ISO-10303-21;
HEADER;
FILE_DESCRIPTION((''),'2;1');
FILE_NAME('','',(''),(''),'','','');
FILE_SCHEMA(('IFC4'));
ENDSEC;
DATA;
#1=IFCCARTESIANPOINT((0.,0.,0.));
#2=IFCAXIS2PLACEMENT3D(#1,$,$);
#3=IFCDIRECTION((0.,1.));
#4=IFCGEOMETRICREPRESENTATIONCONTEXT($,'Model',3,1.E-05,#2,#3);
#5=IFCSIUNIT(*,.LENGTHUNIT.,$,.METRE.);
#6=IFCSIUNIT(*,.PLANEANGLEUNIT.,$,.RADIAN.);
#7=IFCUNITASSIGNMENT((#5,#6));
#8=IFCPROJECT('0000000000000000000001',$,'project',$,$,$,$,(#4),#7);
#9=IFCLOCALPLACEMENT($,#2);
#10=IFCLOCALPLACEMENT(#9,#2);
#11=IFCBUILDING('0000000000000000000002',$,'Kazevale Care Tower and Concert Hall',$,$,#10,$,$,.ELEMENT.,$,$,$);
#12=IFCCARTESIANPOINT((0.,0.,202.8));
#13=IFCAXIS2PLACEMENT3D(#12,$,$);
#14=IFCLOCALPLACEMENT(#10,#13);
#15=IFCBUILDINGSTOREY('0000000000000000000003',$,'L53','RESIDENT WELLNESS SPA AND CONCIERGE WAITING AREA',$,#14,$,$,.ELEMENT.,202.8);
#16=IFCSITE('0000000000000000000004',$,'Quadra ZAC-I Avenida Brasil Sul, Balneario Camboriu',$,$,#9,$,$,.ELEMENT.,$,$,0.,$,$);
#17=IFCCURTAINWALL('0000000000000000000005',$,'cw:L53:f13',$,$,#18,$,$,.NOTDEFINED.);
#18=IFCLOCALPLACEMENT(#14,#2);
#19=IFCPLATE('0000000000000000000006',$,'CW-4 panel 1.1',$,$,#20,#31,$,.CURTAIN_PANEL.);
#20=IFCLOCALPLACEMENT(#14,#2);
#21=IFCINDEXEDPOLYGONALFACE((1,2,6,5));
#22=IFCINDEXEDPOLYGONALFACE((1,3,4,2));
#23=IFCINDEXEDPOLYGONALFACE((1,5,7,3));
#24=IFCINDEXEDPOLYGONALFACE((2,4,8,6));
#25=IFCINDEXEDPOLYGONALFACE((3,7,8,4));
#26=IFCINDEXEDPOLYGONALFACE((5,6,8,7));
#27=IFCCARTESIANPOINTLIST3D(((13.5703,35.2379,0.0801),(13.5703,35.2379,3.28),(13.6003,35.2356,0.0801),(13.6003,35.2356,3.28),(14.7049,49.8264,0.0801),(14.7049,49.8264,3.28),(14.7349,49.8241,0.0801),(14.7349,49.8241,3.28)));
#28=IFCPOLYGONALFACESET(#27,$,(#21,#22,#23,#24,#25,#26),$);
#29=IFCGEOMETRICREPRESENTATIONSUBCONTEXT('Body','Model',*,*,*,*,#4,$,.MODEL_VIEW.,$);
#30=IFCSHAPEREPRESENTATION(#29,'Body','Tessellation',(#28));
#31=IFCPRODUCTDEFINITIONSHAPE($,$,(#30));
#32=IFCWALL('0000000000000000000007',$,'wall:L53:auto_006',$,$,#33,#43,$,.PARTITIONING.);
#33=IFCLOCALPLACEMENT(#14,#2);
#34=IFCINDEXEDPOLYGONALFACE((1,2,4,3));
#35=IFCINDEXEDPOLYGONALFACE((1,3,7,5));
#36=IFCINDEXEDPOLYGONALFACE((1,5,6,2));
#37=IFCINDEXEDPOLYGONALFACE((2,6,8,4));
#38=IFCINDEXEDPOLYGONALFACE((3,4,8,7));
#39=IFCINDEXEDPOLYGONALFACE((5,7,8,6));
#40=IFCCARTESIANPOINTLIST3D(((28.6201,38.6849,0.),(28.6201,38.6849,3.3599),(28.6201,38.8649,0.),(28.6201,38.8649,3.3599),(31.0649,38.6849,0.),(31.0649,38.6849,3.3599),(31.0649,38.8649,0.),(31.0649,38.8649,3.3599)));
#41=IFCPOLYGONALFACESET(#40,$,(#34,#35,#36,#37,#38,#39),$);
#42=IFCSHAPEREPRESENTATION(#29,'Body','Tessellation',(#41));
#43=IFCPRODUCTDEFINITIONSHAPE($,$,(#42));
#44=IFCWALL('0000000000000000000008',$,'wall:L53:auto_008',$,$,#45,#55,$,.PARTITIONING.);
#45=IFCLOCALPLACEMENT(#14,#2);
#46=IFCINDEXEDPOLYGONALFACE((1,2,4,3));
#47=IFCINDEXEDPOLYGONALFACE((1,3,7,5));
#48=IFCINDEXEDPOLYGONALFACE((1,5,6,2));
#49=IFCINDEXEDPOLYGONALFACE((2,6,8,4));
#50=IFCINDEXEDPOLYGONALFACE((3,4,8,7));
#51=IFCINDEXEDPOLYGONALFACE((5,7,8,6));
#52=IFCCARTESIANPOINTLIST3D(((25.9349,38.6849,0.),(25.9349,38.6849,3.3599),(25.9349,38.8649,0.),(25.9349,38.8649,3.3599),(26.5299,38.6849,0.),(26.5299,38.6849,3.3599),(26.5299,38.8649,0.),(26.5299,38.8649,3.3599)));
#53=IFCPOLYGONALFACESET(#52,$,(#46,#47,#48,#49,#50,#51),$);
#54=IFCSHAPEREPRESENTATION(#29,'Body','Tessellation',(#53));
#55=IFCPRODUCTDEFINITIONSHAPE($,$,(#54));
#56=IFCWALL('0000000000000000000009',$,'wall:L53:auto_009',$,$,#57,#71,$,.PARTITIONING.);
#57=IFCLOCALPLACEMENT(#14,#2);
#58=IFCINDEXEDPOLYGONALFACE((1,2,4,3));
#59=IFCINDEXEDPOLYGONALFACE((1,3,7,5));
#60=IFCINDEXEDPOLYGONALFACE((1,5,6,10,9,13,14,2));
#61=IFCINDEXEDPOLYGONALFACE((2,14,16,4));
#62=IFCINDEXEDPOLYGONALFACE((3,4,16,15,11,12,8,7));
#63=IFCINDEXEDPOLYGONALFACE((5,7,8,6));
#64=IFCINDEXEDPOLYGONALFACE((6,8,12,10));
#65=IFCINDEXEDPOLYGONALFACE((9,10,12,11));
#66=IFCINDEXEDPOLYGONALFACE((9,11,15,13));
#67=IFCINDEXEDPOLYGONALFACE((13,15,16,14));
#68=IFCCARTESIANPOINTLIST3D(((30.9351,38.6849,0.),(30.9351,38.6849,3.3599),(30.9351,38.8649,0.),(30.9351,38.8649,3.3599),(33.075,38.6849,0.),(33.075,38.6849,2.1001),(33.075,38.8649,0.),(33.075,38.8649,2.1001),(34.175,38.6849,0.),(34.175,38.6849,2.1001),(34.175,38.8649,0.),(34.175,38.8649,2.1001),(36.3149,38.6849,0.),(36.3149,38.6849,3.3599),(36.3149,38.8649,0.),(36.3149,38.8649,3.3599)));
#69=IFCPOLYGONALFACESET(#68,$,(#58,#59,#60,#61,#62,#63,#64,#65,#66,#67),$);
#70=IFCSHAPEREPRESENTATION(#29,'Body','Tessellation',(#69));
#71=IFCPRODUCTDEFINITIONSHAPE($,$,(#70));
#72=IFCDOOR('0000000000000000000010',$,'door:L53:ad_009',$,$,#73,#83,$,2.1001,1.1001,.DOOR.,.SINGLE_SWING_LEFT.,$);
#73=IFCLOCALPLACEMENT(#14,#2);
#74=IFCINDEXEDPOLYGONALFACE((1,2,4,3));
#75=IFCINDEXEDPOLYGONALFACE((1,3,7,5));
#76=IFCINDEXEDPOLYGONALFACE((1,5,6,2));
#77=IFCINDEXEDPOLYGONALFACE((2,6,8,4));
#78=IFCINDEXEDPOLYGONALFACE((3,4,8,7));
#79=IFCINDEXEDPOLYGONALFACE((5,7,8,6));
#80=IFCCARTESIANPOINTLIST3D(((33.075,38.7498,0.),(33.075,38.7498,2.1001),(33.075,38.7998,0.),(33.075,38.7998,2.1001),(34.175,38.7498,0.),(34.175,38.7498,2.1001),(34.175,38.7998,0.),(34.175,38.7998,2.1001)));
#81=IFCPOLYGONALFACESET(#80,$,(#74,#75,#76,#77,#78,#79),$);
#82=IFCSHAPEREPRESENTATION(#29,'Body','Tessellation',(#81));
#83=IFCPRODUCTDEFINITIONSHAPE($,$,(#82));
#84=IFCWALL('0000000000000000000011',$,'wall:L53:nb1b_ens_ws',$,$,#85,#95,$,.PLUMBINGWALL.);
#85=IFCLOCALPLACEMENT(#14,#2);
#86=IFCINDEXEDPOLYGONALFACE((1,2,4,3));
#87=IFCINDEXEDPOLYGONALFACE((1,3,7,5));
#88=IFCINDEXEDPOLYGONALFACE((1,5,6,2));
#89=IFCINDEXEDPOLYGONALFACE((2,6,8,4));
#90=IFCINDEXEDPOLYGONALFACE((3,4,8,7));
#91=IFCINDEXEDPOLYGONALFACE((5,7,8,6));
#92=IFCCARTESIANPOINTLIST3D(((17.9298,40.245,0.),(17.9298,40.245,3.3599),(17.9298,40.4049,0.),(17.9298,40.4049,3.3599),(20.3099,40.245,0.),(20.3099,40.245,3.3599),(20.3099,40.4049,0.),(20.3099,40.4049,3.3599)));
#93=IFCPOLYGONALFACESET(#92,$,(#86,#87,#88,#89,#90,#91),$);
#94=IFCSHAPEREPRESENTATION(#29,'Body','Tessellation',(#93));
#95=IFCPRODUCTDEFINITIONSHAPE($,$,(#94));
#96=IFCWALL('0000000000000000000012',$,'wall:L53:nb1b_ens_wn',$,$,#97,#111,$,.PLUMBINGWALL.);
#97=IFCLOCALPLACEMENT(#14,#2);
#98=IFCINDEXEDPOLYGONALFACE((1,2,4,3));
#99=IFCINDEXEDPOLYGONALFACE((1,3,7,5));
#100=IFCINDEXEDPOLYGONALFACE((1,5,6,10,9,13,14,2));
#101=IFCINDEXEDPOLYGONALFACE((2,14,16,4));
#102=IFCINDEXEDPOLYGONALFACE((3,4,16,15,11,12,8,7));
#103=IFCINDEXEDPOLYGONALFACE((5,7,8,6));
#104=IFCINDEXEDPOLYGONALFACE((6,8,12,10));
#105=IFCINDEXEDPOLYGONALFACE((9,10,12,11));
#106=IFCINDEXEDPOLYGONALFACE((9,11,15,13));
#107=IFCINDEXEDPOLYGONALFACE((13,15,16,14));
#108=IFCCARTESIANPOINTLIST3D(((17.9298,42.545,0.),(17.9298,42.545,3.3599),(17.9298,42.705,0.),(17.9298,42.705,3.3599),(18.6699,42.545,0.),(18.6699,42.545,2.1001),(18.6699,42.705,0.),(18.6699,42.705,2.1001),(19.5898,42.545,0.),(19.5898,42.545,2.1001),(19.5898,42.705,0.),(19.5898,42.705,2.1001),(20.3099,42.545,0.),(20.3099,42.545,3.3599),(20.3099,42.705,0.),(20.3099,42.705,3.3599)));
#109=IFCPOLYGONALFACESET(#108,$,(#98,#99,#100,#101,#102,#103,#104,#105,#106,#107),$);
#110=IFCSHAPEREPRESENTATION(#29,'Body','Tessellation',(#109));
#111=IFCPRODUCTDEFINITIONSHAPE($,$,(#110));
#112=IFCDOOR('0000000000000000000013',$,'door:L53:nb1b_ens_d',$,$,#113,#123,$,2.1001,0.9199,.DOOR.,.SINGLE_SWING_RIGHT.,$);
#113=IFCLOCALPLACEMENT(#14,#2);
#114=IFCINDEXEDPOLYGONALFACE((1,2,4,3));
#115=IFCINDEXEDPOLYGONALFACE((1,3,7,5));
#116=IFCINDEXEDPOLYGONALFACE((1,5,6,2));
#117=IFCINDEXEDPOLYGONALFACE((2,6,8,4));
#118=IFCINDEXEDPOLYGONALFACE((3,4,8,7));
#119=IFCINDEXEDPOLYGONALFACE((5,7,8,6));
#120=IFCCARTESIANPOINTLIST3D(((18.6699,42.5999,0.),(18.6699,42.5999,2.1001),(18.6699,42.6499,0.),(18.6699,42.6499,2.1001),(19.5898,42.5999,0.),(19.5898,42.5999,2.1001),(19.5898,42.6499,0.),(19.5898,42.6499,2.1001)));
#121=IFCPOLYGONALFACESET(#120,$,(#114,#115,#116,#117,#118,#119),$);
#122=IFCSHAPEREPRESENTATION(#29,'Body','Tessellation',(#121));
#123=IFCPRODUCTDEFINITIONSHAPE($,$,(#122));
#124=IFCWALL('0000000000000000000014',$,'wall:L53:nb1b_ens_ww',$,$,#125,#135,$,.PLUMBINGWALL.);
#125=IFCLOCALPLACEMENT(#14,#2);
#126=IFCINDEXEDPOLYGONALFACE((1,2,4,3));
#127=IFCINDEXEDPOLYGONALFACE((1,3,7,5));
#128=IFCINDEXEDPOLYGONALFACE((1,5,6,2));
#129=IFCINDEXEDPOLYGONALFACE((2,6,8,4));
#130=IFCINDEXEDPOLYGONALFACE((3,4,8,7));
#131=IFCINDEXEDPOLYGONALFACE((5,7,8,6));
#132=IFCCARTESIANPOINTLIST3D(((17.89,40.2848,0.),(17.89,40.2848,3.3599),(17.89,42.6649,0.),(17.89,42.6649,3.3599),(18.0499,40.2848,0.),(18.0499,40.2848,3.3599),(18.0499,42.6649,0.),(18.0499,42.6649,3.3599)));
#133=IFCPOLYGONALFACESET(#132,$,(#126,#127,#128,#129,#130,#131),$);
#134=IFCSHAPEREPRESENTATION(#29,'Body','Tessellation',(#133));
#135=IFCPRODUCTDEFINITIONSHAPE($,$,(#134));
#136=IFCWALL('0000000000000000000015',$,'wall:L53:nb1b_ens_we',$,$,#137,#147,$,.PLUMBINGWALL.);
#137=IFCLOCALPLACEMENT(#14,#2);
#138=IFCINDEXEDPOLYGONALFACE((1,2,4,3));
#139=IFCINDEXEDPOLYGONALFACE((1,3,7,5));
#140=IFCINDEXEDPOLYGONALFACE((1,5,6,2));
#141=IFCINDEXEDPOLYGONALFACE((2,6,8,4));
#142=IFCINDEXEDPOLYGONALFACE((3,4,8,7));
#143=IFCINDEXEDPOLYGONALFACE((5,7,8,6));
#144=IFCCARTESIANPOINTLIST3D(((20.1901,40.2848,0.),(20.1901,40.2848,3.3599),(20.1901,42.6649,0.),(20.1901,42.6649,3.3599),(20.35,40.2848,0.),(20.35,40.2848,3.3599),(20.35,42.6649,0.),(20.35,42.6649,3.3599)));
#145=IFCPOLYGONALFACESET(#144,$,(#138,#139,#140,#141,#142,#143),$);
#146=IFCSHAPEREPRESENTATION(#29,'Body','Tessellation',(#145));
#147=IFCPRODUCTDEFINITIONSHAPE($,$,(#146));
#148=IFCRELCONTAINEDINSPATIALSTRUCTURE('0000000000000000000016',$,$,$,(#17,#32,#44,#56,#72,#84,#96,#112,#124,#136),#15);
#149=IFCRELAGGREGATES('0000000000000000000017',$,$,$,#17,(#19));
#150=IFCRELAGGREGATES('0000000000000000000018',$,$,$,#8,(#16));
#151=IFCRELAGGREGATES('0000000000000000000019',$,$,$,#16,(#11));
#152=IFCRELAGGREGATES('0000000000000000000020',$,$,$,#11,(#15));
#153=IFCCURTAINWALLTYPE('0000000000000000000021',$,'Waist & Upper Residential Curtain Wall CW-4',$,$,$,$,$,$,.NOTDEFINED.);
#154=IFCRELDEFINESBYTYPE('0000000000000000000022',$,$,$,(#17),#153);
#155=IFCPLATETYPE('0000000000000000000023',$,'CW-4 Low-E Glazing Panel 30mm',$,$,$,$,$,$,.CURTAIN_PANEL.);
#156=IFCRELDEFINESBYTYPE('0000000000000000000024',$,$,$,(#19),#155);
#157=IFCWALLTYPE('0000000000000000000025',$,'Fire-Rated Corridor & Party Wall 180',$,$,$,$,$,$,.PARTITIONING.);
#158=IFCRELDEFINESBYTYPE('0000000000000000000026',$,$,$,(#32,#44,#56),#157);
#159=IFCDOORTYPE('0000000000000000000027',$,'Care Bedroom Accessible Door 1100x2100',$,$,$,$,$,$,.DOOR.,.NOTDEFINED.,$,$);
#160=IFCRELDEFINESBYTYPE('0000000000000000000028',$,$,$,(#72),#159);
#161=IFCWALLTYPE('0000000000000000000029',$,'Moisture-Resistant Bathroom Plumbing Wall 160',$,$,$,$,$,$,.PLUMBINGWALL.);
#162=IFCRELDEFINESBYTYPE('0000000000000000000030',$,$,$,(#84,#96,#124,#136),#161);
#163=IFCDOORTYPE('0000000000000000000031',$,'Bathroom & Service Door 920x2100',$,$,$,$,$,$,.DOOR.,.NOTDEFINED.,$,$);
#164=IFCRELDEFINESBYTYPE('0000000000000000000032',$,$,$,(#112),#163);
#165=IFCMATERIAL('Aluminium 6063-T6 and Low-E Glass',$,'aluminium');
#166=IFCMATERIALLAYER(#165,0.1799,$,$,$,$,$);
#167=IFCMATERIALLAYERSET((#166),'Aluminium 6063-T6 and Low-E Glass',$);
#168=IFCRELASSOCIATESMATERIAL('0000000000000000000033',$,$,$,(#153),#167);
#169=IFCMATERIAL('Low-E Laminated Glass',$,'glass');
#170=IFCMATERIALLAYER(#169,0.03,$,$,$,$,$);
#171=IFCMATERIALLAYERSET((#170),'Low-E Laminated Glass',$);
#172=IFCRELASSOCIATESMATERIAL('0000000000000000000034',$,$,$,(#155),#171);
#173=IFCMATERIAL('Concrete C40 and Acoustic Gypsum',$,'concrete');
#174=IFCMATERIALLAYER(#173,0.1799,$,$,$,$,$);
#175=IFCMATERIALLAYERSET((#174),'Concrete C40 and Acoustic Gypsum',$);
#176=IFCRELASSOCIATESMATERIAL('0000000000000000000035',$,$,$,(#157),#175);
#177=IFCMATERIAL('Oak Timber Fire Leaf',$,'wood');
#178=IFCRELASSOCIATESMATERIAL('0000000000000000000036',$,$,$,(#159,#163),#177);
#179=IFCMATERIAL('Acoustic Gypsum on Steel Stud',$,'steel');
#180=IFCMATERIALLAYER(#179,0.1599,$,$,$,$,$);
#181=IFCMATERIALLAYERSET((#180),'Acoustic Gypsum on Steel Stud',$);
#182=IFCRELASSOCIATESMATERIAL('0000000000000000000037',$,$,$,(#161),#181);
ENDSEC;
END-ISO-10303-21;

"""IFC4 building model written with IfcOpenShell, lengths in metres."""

from ifc_helpers import new_model, si_unit, direction, frame, frame_2d, origin, origin_2d, place, context, subcontext, project, spatial, rectangle, extrude, material, layer, layer_set, type_object, element, fill, aggregate, save


model = new_model("IFC4")

# Units and contexts
model_context = context("Model", 3, precision=1e-05, world=origin(), true_north=direction((0.0, 1.0)))
body_context = subcontext(model_context, "Body", "Model", "MODEL_VIEW")
ifc_project = project(units=[si_unit("LENGTHUNIT", "METRE"), si_unit("PLANEANGLEUNIT", "RADIAN")], contexts=[model_context])

# Site, building, storey
site_placement = place(None, origin())
site = spatial("IfcSite", under=ifc_project, at=site_placement, Name="Quadra ZAC-I Avenida Brasil Sul, Balneario Camboriu", CompositionType="ELEMENT", RefElevation=0.0)
building_placement = place(site_placement, origin())
building = spatial("IfcBuilding", under=site, at=building_placement, Name="Kazevale Care Tower and Concert Hall", CompositionType="ELEMENT")
storey_placement = place(building_placement, frame((0.0, 0.0, 202.8)))
storey = spatial("IfcBuildingStorey", under=building, at=storey_placement, Name="L53", Description="RESIDENT WELLNESS SPA AND CONCIERGE WAITING AREA", CompositionType="ELEMENT", Elevation=202.8)

# Curtain wall
ifc_material_1 = material(Name="Aluminium 6063-T6 and Low-E Glass", Category="aluminium")
ifc_layer_1 = layer(ifc_material_1, 0.1799)
ifc_layer_set_1 = layer_set([ifc_layer_1], Name="Aluminium 6063-T6 and Low-E Glass")
curtain_wall_type = type_object("IfcCurtainWallType", Name="Waist & Upper Residential Curtain Wall CW-4", PredefinedType="NOTDEFINED", material=ifc_layer_set_1)
curtain_wall_1_placement = place(storey_placement, origin())
curtain_wall_1 = element("IfcCurtainWall", 1, at=curtain_wall_1_placement, inside=storey, type_object=curtain_wall_type, Name="cw:L53:f13", PredefinedType="NOTDEFINED")

# Plate
ifc_material_2 = material(Name="Low-E Laminated Glass", Category="glass")
ifc_layer_2 = layer(ifc_material_2, 0.03)
ifc_layer_set_2 = layer_set([ifc_layer_2], Name="Low-E Laminated Glass")
plate_type = type_object("IfcPlateType", Name="CW-4 Low-E Glazing Panel 30mm", PredefinedType="CURTAIN_PANEL", material=ifc_layer_set_2)
plate_placement = place(storey_placement, frame((14.1526, 42.531, 0.0801), z_axis=(0.0, 0.0, 1.0), x_axis=(0.077539, 0.996989, 0.0)))
plate = element("IfcPlate", 2, at=plate_placement, type_object=plate_type, Name="CW-4 panel 1.1", PredefinedType="CURTAIN_PANEL", context=body_context, shape_type="SweptSolid", body=[
    extrude(rectangle(XDim=14.6326, YDim=0.03, at=origin_2d()), origin(), (0.0, 0.0, 1.0), 3.2),
])
aggregate(curtain_wall_1, [plate])

# Walls
ifc_material_3 = material(Name="Concrete C40 and Acoustic Gypsum", Category="concrete")
ifc_layer_3 = layer(ifc_material_3, 0.1799)
ifc_layer_set_3 = layer_set([ifc_layer_3], Name="Concrete C40 and Acoustic Gypsum")
wall_type_1 = type_object("IfcWallType", Name="Fire-Rated Corridor & Party Wall 180", PredefinedType="PARTITIONING", material=ifc_layer_set_3)
wall_1_placement = place(storey_placement, frame((28.6201, 38.7749, 0.0), z_axis=(0.0, 0.0, 1.0), x_axis=(1.0, 0.0, 0.0)))
element("IfcWall", 3, at=wall_1_placement, inside=storey, type_object=wall_type_1, Name="wall:L53:auto_006", PredefinedType="PARTITIONING", context=body_context, shape_type="SweptSolid", body=[
    extrude(rectangle(XDim=2.4448, YDim=0.1799, at=frame_2d((1.2224, 0.0))), origin(), (0.0, 0.0, 1.0), 3.3599),
])
wall_2_placement = place(storey_placement, frame((25.9351, 38.7749, 0.0), z_axis=(0.0, 0.0, 1.0), x_axis=(1.0, 0.0, 0.0)))
element("IfcWall", 4, at=wall_2_placement, inside=storey, type_object=wall_type_1, Name="wall:L53:auto_008", PredefinedType="PARTITIONING", context=body_context, shape_type="SweptSolid", body=[
    extrude(rectangle(XDim=0.595, YDim=0.1799, at=frame_2d((0.2974, 0.0))), origin(), (0.0, 0.0, 1.0), 3.3599),
])

# Wall, opening, door
wall_3_placement = place(storey_placement, frame((30.9351, 38.7749, 0.0), z_axis=(0.0, 0.0, 1.0), x_axis=(1.0, 0.0, 0.0)))
wall_3 = element("IfcWall", 5, at=wall_3_placement, inside=storey, type_object=wall_type_1, Name="wall:L53:auto_009", PredefinedType="PARTITIONING", context=body_context, shape_type="SweptSolid", body=[
    extrude(rectangle(XDim=5.3799, YDim=0.1799, at=frame_2d((2.6899, 0.0))), origin(), (0.0, 0.0, 1.0), 3.3599),
])
opening_1_placement = place(wall_3_placement, frame((2.1399, 0.0, 0.0)))
opening_1 = element("IfcOpeningElement", 6, at=opening_1_placement, cuts=wall_3, PredefinedType="OPENING", context=body_context, shape_type="SweptSolid", body=[
    extrude(rectangle(XDim=1.1001, YDim=2.1001, at=frame_2d((0.55, 1.05))), frame((0.0, 0.0999, 0.0), z_axis=(0.0, -1.0, 0.0), x_axis=(1.0, 0.0, 0.0)), (0.0, 0.0, 1.0), 0.2),
])
ifc_material_4 = material(Name="Oak Timber Fire Leaf", Category="wood")
door_type_1 = type_object("IfcDoorType", Name="Care Bedroom Accessible Door 1100x2100", OperationType="NOTDEFINED", PredefinedType="DOOR", material=ifc_material_4)
door_1_placement = place(opening_1_placement, origin())
door_1 = element("IfcDoor", 7, at=door_1_placement, inside=storey, type_object=door_type_1, Name="door:L53:ad_009", OperationType="SINGLE_SWING_LEFT", OverallHeight=2.1001, OverallWidth=1.1001, PredefinedType="DOOR", context=body_context, shape_type="SweptSolid", body=[
    extrude(rectangle(XDim=1.1001, YDim=2.1001, at=frame_2d((0.55, 1.05))), frame((0.0, 0.0249, 0.0), z_axis=(0.0, -1.0, 0.0), x_axis=(1.0, 0.0, 0.0)), (0.0, 0.0, 1.0), 0.05),
])
fill(opening_1, door_1)

# Wall
ifc_material_5 = material(Name="Acoustic Gypsum on Steel Stud", Category="steel")
ifc_layer_4 = layer(ifc_material_5, 0.1599)
ifc_layer_set_4 = layer_set([ifc_layer_4], Name="Acoustic Gypsum on Steel Stud")
wall_type_2 = type_object("IfcWallType", Name="Moisture-Resistant Bathroom Plumbing Wall 160", PredefinedType="PLUMBINGWALL", material=ifc_layer_set_4)
wall_4_placement = place(storey_placement, frame((17.9299, 40.325, 0.0), z_axis=(0.0, 0.0, 1.0), x_axis=(1.0, 0.0, 0.0)))
element("IfcWall", 8, at=wall_4_placement, inside=storey, type_object=wall_type_2, Name="wall:L53:nb1b_ens_ws", PredefinedType="PLUMBINGWALL", context=body_context, shape_type="SweptSolid", body=[
    extrude(rectangle(XDim=2.3801, YDim=0.1599, at=frame_2d((1.1899, 0.0))), origin(), (0.0, 0.0, 1.0), 3.3599),
])

# Wall, opening, door
wall_5_placement = place(storey_placement, frame((17.9299, 42.625, 0.0), z_axis=(0.0, 0.0, 1.0), x_axis=(1.0, 0.0, 0.0)))
wall_5 = element("IfcWall", 9, at=wall_5_placement, inside=storey, type_object=wall_type_2, Name="wall:L53:nb1b_ens_wn", PredefinedType="PLUMBINGWALL", context=body_context, shape_type="SweptSolid", body=[
    extrude(rectangle(XDim=2.3801, YDim=0.1599, at=frame_2d((1.1899, 0.0))), origin(), (0.0, 0.0, 1.0), 3.3599),
])
opening_2_placement = place(wall_5_placement, frame((0.74, 0.0, 0.0)))
opening_2 = element("IfcOpeningElement", 10, at=opening_2_placement, cuts=wall_5, PredefinedType="OPENING", context=body_context, shape_type="SweptSolid", body=[
    extrude(rectangle(XDim=0.9199, YDim=2.1001, at=frame_2d((0.46, 1.05))), frame((0.0, 0.0898, 0.0), z_axis=(0.0, -1.0, 0.0), x_axis=(1.0, 0.0, 0.0)), (0.0, 0.0, 1.0), 0.1799),
])
door_type_2 = type_object("IfcDoorType", Name="Bathroom & Service Door 920x2100", OperationType="NOTDEFINED", PredefinedType="DOOR", material=ifc_material_4)
door_2_placement = place(opening_2_placement, origin())
door_2 = element("IfcDoor", 11, at=door_2_placement, inside=storey, type_object=door_type_2, Name="door:L53:nb1b_ens_d", OperationType="SINGLE_SWING_RIGHT", OverallHeight=2.1001, OverallWidth=0.9199, PredefinedType="DOOR", context=body_context, shape_type="SweptSolid", body=[
    extrude(rectangle(XDim=0.9199, YDim=2.1001, at=frame_2d((0.46, 1.05))), frame((0.0, 0.0249, 0.0), z_axis=(0.0, -1.0, 0.0), x_axis=(1.0, 0.0, 0.0)), (0.0, 0.0, 1.0), 0.05),
])
fill(opening_2, door_2)

# Walls
for number, where, z_axis, x_axis, name in (
    (12, (17.97, 40.2849, 0.0), (0.0, 0.0, 1.0), (0.0, 1.0, 0.0), "wall:L53:nb1b_ens_ww"),
    (13, (20.27, 40.2849, 0.0), (0.0, 0.0, 1.0), (0.0, 1.0, 0.0), "wall:L53:nb1b_ens_we"),
):
    element("IfcWall", number, at=place(storey_placement, frame(where, z_axis=z_axis, x_axis=x_axis)), inside=storey, type_object=wall_type_2, Name=name, PredefinedType="PLUMBINGWALL", context=body_context, shape_type="SweptSolid", body=[
        extrude(rectangle(XDim=2.3801, YDim=0.1599, at=frame_2d((1.1899, 0.0))), origin(), (0.0, 0.0, 1.0), 3.3599),
    ])

save(model, "model.ifc")
